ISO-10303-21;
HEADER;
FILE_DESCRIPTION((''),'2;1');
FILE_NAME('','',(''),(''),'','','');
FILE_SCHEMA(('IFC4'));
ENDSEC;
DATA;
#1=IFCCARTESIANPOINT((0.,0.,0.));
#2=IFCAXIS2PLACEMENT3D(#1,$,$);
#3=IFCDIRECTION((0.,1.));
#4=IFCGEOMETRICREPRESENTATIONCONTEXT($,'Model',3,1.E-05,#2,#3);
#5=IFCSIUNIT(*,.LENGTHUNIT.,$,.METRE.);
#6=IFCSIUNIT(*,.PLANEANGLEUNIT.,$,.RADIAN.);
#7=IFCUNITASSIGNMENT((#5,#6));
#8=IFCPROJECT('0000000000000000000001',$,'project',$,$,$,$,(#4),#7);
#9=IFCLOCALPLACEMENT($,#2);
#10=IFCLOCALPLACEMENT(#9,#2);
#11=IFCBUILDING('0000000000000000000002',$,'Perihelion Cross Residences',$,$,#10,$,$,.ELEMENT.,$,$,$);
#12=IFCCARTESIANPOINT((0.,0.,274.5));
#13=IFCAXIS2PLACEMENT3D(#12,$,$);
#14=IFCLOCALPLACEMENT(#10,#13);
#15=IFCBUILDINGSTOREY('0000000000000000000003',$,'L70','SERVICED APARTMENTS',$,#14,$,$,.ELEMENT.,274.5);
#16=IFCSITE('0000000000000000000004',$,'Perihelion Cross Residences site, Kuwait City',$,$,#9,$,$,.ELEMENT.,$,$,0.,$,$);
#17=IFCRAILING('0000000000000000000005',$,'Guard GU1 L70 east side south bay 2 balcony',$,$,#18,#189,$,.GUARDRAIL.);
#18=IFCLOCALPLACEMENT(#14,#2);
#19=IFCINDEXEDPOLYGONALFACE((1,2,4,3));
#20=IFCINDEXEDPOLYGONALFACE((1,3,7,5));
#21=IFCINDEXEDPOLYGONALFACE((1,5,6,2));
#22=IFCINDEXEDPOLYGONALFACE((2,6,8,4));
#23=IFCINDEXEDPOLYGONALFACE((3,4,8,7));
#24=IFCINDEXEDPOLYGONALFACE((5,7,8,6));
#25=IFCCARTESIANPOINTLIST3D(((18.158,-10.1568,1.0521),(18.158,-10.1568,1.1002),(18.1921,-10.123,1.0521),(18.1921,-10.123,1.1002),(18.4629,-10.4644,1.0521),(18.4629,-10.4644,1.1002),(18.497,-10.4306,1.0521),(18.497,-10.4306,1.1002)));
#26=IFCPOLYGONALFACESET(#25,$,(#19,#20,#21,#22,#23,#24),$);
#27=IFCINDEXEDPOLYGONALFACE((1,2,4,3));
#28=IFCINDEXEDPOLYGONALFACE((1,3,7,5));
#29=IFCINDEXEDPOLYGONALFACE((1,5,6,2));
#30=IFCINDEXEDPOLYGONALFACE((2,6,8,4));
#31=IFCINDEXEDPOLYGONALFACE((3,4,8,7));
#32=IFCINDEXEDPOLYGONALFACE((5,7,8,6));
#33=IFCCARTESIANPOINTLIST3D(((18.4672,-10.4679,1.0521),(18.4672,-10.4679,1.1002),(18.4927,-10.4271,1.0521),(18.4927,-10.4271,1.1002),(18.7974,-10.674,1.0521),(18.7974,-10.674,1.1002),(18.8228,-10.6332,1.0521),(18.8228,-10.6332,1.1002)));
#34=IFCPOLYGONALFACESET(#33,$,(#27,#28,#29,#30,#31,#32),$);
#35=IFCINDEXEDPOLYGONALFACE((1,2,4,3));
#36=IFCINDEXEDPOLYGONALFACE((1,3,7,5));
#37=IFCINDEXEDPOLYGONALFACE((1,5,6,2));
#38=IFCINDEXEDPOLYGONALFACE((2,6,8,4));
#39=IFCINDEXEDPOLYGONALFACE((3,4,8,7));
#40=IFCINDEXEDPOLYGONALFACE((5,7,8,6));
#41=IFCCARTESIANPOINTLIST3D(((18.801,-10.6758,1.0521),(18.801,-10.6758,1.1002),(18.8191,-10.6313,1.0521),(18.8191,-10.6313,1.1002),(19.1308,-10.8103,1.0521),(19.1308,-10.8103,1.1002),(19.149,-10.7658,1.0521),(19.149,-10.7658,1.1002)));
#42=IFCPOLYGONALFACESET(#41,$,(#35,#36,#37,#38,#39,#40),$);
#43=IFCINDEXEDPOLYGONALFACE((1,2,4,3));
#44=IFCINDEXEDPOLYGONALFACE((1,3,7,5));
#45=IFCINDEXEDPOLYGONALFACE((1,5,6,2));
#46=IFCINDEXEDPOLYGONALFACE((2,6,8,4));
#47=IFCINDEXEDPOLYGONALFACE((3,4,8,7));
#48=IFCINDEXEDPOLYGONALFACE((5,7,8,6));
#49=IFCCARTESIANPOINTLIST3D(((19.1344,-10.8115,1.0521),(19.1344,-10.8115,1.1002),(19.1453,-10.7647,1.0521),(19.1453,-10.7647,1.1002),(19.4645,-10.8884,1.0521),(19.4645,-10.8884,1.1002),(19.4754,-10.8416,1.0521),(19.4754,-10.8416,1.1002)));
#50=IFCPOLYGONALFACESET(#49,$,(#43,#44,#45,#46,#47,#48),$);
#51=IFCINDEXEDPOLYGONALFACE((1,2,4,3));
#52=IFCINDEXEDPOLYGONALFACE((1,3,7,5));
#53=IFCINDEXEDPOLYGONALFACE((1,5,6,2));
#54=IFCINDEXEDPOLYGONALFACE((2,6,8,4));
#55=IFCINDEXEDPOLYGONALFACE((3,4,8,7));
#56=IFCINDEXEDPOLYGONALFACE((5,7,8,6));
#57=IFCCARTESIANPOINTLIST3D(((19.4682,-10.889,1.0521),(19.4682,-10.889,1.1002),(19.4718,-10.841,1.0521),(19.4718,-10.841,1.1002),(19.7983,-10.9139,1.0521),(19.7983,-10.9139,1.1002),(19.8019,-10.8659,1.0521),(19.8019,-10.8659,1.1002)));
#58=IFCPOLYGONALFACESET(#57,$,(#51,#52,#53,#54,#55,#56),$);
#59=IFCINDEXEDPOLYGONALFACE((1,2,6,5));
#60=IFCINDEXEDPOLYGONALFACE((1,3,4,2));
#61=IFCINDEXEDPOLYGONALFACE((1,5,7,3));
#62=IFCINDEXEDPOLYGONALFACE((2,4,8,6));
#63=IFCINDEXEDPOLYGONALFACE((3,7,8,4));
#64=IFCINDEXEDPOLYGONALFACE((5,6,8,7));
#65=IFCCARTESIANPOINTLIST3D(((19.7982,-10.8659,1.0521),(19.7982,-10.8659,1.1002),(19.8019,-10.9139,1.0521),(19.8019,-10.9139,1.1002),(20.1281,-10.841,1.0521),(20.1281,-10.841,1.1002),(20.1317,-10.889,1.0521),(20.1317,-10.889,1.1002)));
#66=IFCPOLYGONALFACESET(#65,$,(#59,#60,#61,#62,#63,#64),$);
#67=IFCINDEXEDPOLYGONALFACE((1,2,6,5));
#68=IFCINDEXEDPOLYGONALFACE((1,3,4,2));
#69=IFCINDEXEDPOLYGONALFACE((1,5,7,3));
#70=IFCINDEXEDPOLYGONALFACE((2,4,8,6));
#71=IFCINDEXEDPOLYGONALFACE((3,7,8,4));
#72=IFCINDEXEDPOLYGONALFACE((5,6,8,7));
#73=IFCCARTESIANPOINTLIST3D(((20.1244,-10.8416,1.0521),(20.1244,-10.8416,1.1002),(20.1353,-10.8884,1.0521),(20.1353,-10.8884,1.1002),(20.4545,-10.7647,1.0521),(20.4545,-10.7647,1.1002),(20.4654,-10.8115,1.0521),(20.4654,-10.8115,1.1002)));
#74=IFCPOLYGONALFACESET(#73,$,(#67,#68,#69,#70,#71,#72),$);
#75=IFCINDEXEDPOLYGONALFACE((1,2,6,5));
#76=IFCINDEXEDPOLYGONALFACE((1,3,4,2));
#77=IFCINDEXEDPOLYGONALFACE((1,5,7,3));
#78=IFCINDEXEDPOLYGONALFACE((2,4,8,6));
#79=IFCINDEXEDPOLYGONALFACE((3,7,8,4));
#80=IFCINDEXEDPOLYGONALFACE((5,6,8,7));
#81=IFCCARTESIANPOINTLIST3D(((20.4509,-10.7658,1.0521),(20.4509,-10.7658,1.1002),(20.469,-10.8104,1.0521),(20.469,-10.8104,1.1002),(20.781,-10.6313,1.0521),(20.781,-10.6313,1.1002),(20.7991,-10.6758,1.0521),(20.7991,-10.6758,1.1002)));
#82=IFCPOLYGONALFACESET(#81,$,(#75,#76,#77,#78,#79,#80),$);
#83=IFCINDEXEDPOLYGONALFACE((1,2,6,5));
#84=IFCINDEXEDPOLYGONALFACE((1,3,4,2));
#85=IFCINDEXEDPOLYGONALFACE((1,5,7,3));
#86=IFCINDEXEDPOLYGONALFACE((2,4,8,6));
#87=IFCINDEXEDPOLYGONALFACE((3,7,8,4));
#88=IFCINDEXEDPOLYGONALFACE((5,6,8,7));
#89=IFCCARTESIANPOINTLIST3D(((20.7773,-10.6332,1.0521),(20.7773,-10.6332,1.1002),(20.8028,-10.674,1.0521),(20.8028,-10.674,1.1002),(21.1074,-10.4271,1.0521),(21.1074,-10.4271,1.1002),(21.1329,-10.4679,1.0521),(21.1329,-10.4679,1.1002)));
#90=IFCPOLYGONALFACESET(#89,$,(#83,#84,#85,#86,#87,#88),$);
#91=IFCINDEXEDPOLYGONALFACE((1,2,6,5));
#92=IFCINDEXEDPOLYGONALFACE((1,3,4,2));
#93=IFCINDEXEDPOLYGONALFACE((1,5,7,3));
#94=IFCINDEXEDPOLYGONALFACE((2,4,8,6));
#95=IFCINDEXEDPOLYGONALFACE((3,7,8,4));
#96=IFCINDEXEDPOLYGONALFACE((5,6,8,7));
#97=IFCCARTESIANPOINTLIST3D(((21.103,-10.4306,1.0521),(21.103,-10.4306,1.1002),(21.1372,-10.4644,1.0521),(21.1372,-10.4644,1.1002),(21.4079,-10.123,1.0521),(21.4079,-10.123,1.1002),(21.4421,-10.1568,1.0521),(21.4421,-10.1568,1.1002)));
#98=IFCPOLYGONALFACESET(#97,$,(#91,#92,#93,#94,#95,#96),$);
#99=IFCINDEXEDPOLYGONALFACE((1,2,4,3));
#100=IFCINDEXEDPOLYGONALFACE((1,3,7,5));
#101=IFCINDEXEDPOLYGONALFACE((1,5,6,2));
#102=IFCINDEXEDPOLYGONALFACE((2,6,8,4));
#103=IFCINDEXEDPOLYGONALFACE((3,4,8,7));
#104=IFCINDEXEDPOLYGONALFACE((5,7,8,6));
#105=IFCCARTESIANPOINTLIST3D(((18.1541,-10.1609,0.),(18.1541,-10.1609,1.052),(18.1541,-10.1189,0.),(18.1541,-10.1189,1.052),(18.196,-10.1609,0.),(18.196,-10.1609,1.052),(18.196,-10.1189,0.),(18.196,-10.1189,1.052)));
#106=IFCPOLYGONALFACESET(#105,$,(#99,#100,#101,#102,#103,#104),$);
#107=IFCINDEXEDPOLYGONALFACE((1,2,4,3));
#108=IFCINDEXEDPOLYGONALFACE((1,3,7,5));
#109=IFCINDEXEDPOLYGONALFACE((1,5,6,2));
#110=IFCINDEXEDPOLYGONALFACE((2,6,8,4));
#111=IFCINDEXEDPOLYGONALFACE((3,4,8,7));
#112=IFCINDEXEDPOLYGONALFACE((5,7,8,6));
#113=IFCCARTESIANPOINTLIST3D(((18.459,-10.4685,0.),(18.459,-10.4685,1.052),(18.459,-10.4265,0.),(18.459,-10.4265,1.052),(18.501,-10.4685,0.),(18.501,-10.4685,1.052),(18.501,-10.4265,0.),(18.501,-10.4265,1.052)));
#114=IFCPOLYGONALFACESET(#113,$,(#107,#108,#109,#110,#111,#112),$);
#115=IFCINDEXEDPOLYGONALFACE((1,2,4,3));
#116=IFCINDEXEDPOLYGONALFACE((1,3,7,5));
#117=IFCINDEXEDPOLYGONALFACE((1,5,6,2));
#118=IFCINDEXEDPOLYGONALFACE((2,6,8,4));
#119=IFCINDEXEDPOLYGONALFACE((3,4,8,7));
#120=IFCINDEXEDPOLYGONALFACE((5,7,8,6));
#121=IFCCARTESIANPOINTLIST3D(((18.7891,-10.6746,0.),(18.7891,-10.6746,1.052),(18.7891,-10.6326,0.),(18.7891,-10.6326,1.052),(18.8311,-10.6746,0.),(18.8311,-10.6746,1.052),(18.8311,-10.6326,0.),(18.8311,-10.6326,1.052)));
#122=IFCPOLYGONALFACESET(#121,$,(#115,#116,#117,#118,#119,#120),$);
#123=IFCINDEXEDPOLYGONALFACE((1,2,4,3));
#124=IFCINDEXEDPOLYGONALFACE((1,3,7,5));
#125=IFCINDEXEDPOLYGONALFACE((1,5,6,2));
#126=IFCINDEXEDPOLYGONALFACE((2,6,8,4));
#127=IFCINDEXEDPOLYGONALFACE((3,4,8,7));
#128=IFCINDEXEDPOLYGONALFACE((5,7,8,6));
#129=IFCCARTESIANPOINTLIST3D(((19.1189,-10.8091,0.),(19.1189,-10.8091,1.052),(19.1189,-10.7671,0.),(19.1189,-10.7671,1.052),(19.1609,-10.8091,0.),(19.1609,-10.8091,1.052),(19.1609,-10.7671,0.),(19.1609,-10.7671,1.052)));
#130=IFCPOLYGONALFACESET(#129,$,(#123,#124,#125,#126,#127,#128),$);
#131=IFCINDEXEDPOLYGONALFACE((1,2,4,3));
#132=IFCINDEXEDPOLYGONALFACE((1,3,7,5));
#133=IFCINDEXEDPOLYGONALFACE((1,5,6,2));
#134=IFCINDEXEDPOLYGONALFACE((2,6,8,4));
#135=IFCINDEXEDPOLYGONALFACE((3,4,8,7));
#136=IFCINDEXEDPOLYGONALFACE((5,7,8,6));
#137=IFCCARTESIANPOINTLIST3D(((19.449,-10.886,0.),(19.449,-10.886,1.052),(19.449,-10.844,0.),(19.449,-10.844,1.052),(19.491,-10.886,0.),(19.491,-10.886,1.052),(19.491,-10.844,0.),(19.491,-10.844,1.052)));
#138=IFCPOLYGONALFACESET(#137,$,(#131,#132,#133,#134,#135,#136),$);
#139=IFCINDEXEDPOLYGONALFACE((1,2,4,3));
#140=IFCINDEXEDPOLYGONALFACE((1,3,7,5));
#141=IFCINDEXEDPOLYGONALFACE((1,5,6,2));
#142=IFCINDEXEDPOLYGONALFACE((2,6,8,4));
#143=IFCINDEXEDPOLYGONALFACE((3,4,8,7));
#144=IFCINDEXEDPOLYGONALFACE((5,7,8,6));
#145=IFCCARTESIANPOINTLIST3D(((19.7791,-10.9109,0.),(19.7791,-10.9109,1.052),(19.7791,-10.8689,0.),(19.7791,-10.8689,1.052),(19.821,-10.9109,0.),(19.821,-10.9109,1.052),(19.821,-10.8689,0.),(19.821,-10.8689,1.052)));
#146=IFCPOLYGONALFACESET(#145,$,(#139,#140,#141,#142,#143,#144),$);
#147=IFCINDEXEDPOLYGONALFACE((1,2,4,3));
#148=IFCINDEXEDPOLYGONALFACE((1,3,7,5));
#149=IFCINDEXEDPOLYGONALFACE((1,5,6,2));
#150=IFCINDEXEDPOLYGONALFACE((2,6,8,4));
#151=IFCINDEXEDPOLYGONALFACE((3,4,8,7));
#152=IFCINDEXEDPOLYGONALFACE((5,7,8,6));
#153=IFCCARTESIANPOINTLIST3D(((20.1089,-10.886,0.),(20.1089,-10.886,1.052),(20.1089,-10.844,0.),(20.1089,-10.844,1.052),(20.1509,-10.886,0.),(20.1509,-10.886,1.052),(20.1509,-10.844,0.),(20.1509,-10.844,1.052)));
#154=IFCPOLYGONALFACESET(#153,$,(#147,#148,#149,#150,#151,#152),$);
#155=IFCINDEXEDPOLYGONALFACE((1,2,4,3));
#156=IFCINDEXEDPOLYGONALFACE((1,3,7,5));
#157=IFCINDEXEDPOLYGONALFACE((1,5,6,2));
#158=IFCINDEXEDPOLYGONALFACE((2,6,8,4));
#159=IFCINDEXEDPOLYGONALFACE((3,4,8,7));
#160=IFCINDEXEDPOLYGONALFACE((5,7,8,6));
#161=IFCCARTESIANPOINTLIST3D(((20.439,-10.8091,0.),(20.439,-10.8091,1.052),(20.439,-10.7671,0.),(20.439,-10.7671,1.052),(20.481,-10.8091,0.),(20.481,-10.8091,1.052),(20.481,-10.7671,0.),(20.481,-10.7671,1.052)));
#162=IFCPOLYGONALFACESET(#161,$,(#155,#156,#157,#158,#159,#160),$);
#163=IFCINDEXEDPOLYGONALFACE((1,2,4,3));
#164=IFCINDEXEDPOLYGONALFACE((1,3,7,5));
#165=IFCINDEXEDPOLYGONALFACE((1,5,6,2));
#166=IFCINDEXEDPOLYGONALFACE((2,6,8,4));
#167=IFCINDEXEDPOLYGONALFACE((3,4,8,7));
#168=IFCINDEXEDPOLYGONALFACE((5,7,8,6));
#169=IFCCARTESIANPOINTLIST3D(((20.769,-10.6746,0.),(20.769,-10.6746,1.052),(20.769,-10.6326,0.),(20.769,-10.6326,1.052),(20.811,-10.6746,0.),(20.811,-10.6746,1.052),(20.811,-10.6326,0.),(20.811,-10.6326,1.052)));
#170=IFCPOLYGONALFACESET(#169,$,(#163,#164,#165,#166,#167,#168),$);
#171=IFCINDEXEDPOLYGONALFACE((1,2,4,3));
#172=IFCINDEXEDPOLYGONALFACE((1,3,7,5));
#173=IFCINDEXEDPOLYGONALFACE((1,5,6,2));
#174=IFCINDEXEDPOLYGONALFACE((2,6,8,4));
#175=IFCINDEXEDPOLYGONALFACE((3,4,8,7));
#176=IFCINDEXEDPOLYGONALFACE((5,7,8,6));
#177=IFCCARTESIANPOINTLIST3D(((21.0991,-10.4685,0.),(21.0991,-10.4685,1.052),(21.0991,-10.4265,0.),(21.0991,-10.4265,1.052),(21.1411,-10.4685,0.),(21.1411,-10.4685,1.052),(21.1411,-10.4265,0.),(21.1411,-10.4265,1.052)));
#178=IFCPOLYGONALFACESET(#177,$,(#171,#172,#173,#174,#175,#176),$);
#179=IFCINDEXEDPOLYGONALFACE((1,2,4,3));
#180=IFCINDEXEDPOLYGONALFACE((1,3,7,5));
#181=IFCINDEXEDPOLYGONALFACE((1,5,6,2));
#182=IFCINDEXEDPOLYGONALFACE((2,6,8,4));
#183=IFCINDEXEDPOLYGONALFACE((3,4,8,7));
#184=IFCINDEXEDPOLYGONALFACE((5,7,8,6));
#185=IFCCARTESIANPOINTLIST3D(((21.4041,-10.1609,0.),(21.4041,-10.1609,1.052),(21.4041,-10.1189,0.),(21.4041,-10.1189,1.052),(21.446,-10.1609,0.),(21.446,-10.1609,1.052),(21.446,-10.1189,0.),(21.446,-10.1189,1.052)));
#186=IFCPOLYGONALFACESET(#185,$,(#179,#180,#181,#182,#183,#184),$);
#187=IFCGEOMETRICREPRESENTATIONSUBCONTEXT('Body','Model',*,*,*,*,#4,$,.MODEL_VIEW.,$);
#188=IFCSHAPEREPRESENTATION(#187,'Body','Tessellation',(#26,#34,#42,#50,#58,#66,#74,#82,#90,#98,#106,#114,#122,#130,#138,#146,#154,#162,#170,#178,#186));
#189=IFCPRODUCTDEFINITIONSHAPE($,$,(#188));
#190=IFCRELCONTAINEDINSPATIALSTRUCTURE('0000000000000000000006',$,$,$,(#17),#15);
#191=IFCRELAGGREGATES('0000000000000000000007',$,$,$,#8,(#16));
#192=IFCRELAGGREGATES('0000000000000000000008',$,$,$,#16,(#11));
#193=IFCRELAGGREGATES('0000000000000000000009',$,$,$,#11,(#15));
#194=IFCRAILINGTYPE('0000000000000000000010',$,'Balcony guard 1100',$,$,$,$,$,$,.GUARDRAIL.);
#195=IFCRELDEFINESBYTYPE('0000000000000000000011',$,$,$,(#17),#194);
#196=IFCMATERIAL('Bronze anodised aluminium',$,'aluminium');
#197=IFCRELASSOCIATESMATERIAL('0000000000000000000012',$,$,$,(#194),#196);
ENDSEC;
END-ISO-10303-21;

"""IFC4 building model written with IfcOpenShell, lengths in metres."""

from ifc_helpers import new_model, si_unit, direction, frame, origin, origin_2d, place, context, subcontext, project, spatial, rectangle, extrude, material, type_object, element, save


model = new_model("IFC4")

# Units and contexts
model_context = context("Model", 3, precision=1e-05, world=origin(), true_north=direction((0.0, 1.0)))
body_context = subcontext(model_context, "Body", "Model", "MODEL_VIEW")
ifc_project = project(units=[si_unit("LENGTHUNIT", "METRE"), si_unit("PLANEANGLEUNIT", "RADIAN")], contexts=[model_context])

# Site, building, storey
site_placement = place(None, origin())
site = spatial("IfcSite", under=ifc_project, at=site_placement, Name="Perihelion Cross Residences site, Kuwait City", CompositionType="ELEMENT", RefElevation=0.0)
building_placement = place(site_placement, origin())
building = spatial("IfcBuilding", under=site, at=building_placement, Name="Perihelion Cross Residences", CompositionType="ELEMENT")
storey_placement = place(building_placement, frame((0.0, 0.0, 274.5)))
storey = spatial("IfcBuildingStorey", under=building, at=storey_placement, Name="L70", Description="SERVICED APARTMENTS", CompositionType="ELEMENT", Elevation=274.5)

# Railing
ifc_material_1 = material(Name="Bronze anodised aluminium", Category="aluminium")
railing_type = type_object("IfcRailingType", Name="Balcony guard 1100", PredefinedType="GUARDRAIL", material=ifc_material_1)
railing_placement = place(storey_placement, frame((18.175, -10.1399, 0.0)))
element("IfcRailing", 1, at=railing_placement, inside=storey, type_object=railing_type, Name="Guard GU1 L70 east side south bay 2 balcony", PredefinedType="GUARDRAIL", context=body_context, shape_type="SweptSolid", body=[
    extrude(rectangle(XDim=0.0481, YDim=0.0481, at=origin_2d()), frame((0.0, 0.0, 1.0762), z_axis=(0.704, -0.7102, 0.0), x_axis=(0.7102, 0.704, 0.0)), (0.0, 0.0, 1.0), 0.4331),
    extrude(rectangle(XDim=0.0481, YDim=0.0481, at=origin_2d()), frame((0.3049, -0.3076, 1.0762), z_axis=(0.84828, -0.529548, 0.0), x_axis=(0.529548, 0.84828, 0.0)), (0.0, 0.0, 1.0), 0.3892),
    extrude(rectangle(XDim=0.0481, YDim=0.0481, at=origin_2d()), frame((0.635, -0.5137, 1.0762), z_axis=(0.92595, -0.377645, 0.0), x_axis=(0.377645, 0.92595, 0.0)), (0.0, 0.0, 1.0), 0.3562),
    extrude(rectangle(XDim=0.0481, YDim=0.0481, at=origin_2d()), frame((0.9648, -0.6482, 1.0762), z_axis=(0.973916, -0.226911, 0.0), x_axis=(0.226911, 0.973916, 0.0)), (0.0, 0.0, 1.0), 0.3389),
    extrude(rectangle(XDim=0.0481, YDim=0.0481, at=origin_2d()), frame((1.2949, -0.7251, 1.0762), z_axis=(0.997166, -0.07523, 0.0), x_axis=(0.07523, 0.997166, 0.0)), (0.0, 0.0, 1.0), 0.3311),
    extrude(rectangle(XDim=0.0481, YDim=0.0481, at=origin_2d()), frame((1.625, -0.75, 1.0762), z_axis=(0.997162, 0.075285, 0.0), x_axis=(-0.075285, 0.997162, 0.0)), (0.0, 0.0, 1.0), 0.3308),
    extrude(rectangle(XDim=0.0481, YDim=0.0481, at=origin_2d()), frame((1.9548, -0.7251, 1.0762), z_axis=(0.973916, 0.226911, 0.0), x_axis=(-0.226911, 0.973916, 0.0)), (0.0, 0.0, 1.0), 0.3389),
    extrude(rectangle(XDim=0.0481, YDim=0.0481, at=origin_2d()), frame((2.2849, -0.6482, 1.0762), z_axis=(0.926048, 0.377406, 0.0), x_axis=(-0.377406, 0.926048, 0.0)), (0.0, 0.0, 1.0), 0.3564),
    extrude(rectangle(XDim=0.0481, YDim=0.0481, at=origin_2d()), frame((2.615, -0.5137, 1.0762), z_axis=(0.84828, 0.529548, 0.0), x_axis=(-0.529548, 0.84828, 0.0)), (0.0, 0.0, 1.0), 0.3892),
    extrude(rectangle(XDim=0.0481, YDim=0.0481, at=origin_2d()), frame((2.9451, -0.3076, 1.0762), z_axis=(0.704, 0.7102, 0.0), x_axis=(-0.7102, 0.704, 0.0)), (0.0, 0.0, 1.0), 0.4331),
    extrude(rectangle(XDim=0.042, YDim=0.042, at=origin_2d()), origin(), (0.0, 0.0, 1.0), 1.052),
    extrude(rectangle(XDim=0.042, YDim=0.042, at=origin_2d()), frame((0.3049, -0.3076, 0.0)), (0.0, 0.0, 1.0), 1.052),
    extrude(rectangle(XDim=0.042, YDim=0.042, at=origin_2d()), frame((0.635, -0.5137, 0.0)), (0.0, 0.0, 1.0), 1.052),
    extrude(rectangle(XDim=0.042, YDim=0.042, at=origin_2d()), frame((0.9648, -0.6482, 0.0)), (0.0, 0.0, 1.0), 1.052),
    extrude(rectangle(XDim=0.042, YDim=0.042, at=origin_2d()), frame((1.2949, -0.7251, 0.0)), (0.0, 0.0, 1.0), 1.052),
    extrude(rectangle(XDim=0.042, YDim=0.042, at=origin_2d()), frame((1.625, -0.75, 0.0)), (0.0, 0.0, 1.0), 1.052),
    extrude(rectangle(XDim=0.042, YDim=0.042, at=origin_2d()), frame((1.9548, -0.7251, 0.0)), (0.0, 0.0, 1.0), 1.052),
    extrude(rectangle(XDim=0.042, YDim=0.042, at=origin_2d()), frame((2.2849, -0.6482, 0.0)), (0.0, 0.0, 1.0), 1.052),
    extrude(rectangle(XDim=0.042, YDim=0.042, at=origin_2d()), frame((2.615, -0.5137, 0.0)), (0.0, 0.0, 1.0), 1.052),
    extrude(rectangle(XDim=0.042, YDim=0.042, at=origin_2d()), frame((2.9451, -0.3076, 0.0)), (0.0, 0.0, 1.0), 1.052),
    extrude(rectangle(XDim=0.042, YDim=0.042, at=origin_2d()), frame((3.25, 0.0, 0.0)), (0.0, 0.0, 1.0), 1.052),
])

save(model, "model.ifc")
